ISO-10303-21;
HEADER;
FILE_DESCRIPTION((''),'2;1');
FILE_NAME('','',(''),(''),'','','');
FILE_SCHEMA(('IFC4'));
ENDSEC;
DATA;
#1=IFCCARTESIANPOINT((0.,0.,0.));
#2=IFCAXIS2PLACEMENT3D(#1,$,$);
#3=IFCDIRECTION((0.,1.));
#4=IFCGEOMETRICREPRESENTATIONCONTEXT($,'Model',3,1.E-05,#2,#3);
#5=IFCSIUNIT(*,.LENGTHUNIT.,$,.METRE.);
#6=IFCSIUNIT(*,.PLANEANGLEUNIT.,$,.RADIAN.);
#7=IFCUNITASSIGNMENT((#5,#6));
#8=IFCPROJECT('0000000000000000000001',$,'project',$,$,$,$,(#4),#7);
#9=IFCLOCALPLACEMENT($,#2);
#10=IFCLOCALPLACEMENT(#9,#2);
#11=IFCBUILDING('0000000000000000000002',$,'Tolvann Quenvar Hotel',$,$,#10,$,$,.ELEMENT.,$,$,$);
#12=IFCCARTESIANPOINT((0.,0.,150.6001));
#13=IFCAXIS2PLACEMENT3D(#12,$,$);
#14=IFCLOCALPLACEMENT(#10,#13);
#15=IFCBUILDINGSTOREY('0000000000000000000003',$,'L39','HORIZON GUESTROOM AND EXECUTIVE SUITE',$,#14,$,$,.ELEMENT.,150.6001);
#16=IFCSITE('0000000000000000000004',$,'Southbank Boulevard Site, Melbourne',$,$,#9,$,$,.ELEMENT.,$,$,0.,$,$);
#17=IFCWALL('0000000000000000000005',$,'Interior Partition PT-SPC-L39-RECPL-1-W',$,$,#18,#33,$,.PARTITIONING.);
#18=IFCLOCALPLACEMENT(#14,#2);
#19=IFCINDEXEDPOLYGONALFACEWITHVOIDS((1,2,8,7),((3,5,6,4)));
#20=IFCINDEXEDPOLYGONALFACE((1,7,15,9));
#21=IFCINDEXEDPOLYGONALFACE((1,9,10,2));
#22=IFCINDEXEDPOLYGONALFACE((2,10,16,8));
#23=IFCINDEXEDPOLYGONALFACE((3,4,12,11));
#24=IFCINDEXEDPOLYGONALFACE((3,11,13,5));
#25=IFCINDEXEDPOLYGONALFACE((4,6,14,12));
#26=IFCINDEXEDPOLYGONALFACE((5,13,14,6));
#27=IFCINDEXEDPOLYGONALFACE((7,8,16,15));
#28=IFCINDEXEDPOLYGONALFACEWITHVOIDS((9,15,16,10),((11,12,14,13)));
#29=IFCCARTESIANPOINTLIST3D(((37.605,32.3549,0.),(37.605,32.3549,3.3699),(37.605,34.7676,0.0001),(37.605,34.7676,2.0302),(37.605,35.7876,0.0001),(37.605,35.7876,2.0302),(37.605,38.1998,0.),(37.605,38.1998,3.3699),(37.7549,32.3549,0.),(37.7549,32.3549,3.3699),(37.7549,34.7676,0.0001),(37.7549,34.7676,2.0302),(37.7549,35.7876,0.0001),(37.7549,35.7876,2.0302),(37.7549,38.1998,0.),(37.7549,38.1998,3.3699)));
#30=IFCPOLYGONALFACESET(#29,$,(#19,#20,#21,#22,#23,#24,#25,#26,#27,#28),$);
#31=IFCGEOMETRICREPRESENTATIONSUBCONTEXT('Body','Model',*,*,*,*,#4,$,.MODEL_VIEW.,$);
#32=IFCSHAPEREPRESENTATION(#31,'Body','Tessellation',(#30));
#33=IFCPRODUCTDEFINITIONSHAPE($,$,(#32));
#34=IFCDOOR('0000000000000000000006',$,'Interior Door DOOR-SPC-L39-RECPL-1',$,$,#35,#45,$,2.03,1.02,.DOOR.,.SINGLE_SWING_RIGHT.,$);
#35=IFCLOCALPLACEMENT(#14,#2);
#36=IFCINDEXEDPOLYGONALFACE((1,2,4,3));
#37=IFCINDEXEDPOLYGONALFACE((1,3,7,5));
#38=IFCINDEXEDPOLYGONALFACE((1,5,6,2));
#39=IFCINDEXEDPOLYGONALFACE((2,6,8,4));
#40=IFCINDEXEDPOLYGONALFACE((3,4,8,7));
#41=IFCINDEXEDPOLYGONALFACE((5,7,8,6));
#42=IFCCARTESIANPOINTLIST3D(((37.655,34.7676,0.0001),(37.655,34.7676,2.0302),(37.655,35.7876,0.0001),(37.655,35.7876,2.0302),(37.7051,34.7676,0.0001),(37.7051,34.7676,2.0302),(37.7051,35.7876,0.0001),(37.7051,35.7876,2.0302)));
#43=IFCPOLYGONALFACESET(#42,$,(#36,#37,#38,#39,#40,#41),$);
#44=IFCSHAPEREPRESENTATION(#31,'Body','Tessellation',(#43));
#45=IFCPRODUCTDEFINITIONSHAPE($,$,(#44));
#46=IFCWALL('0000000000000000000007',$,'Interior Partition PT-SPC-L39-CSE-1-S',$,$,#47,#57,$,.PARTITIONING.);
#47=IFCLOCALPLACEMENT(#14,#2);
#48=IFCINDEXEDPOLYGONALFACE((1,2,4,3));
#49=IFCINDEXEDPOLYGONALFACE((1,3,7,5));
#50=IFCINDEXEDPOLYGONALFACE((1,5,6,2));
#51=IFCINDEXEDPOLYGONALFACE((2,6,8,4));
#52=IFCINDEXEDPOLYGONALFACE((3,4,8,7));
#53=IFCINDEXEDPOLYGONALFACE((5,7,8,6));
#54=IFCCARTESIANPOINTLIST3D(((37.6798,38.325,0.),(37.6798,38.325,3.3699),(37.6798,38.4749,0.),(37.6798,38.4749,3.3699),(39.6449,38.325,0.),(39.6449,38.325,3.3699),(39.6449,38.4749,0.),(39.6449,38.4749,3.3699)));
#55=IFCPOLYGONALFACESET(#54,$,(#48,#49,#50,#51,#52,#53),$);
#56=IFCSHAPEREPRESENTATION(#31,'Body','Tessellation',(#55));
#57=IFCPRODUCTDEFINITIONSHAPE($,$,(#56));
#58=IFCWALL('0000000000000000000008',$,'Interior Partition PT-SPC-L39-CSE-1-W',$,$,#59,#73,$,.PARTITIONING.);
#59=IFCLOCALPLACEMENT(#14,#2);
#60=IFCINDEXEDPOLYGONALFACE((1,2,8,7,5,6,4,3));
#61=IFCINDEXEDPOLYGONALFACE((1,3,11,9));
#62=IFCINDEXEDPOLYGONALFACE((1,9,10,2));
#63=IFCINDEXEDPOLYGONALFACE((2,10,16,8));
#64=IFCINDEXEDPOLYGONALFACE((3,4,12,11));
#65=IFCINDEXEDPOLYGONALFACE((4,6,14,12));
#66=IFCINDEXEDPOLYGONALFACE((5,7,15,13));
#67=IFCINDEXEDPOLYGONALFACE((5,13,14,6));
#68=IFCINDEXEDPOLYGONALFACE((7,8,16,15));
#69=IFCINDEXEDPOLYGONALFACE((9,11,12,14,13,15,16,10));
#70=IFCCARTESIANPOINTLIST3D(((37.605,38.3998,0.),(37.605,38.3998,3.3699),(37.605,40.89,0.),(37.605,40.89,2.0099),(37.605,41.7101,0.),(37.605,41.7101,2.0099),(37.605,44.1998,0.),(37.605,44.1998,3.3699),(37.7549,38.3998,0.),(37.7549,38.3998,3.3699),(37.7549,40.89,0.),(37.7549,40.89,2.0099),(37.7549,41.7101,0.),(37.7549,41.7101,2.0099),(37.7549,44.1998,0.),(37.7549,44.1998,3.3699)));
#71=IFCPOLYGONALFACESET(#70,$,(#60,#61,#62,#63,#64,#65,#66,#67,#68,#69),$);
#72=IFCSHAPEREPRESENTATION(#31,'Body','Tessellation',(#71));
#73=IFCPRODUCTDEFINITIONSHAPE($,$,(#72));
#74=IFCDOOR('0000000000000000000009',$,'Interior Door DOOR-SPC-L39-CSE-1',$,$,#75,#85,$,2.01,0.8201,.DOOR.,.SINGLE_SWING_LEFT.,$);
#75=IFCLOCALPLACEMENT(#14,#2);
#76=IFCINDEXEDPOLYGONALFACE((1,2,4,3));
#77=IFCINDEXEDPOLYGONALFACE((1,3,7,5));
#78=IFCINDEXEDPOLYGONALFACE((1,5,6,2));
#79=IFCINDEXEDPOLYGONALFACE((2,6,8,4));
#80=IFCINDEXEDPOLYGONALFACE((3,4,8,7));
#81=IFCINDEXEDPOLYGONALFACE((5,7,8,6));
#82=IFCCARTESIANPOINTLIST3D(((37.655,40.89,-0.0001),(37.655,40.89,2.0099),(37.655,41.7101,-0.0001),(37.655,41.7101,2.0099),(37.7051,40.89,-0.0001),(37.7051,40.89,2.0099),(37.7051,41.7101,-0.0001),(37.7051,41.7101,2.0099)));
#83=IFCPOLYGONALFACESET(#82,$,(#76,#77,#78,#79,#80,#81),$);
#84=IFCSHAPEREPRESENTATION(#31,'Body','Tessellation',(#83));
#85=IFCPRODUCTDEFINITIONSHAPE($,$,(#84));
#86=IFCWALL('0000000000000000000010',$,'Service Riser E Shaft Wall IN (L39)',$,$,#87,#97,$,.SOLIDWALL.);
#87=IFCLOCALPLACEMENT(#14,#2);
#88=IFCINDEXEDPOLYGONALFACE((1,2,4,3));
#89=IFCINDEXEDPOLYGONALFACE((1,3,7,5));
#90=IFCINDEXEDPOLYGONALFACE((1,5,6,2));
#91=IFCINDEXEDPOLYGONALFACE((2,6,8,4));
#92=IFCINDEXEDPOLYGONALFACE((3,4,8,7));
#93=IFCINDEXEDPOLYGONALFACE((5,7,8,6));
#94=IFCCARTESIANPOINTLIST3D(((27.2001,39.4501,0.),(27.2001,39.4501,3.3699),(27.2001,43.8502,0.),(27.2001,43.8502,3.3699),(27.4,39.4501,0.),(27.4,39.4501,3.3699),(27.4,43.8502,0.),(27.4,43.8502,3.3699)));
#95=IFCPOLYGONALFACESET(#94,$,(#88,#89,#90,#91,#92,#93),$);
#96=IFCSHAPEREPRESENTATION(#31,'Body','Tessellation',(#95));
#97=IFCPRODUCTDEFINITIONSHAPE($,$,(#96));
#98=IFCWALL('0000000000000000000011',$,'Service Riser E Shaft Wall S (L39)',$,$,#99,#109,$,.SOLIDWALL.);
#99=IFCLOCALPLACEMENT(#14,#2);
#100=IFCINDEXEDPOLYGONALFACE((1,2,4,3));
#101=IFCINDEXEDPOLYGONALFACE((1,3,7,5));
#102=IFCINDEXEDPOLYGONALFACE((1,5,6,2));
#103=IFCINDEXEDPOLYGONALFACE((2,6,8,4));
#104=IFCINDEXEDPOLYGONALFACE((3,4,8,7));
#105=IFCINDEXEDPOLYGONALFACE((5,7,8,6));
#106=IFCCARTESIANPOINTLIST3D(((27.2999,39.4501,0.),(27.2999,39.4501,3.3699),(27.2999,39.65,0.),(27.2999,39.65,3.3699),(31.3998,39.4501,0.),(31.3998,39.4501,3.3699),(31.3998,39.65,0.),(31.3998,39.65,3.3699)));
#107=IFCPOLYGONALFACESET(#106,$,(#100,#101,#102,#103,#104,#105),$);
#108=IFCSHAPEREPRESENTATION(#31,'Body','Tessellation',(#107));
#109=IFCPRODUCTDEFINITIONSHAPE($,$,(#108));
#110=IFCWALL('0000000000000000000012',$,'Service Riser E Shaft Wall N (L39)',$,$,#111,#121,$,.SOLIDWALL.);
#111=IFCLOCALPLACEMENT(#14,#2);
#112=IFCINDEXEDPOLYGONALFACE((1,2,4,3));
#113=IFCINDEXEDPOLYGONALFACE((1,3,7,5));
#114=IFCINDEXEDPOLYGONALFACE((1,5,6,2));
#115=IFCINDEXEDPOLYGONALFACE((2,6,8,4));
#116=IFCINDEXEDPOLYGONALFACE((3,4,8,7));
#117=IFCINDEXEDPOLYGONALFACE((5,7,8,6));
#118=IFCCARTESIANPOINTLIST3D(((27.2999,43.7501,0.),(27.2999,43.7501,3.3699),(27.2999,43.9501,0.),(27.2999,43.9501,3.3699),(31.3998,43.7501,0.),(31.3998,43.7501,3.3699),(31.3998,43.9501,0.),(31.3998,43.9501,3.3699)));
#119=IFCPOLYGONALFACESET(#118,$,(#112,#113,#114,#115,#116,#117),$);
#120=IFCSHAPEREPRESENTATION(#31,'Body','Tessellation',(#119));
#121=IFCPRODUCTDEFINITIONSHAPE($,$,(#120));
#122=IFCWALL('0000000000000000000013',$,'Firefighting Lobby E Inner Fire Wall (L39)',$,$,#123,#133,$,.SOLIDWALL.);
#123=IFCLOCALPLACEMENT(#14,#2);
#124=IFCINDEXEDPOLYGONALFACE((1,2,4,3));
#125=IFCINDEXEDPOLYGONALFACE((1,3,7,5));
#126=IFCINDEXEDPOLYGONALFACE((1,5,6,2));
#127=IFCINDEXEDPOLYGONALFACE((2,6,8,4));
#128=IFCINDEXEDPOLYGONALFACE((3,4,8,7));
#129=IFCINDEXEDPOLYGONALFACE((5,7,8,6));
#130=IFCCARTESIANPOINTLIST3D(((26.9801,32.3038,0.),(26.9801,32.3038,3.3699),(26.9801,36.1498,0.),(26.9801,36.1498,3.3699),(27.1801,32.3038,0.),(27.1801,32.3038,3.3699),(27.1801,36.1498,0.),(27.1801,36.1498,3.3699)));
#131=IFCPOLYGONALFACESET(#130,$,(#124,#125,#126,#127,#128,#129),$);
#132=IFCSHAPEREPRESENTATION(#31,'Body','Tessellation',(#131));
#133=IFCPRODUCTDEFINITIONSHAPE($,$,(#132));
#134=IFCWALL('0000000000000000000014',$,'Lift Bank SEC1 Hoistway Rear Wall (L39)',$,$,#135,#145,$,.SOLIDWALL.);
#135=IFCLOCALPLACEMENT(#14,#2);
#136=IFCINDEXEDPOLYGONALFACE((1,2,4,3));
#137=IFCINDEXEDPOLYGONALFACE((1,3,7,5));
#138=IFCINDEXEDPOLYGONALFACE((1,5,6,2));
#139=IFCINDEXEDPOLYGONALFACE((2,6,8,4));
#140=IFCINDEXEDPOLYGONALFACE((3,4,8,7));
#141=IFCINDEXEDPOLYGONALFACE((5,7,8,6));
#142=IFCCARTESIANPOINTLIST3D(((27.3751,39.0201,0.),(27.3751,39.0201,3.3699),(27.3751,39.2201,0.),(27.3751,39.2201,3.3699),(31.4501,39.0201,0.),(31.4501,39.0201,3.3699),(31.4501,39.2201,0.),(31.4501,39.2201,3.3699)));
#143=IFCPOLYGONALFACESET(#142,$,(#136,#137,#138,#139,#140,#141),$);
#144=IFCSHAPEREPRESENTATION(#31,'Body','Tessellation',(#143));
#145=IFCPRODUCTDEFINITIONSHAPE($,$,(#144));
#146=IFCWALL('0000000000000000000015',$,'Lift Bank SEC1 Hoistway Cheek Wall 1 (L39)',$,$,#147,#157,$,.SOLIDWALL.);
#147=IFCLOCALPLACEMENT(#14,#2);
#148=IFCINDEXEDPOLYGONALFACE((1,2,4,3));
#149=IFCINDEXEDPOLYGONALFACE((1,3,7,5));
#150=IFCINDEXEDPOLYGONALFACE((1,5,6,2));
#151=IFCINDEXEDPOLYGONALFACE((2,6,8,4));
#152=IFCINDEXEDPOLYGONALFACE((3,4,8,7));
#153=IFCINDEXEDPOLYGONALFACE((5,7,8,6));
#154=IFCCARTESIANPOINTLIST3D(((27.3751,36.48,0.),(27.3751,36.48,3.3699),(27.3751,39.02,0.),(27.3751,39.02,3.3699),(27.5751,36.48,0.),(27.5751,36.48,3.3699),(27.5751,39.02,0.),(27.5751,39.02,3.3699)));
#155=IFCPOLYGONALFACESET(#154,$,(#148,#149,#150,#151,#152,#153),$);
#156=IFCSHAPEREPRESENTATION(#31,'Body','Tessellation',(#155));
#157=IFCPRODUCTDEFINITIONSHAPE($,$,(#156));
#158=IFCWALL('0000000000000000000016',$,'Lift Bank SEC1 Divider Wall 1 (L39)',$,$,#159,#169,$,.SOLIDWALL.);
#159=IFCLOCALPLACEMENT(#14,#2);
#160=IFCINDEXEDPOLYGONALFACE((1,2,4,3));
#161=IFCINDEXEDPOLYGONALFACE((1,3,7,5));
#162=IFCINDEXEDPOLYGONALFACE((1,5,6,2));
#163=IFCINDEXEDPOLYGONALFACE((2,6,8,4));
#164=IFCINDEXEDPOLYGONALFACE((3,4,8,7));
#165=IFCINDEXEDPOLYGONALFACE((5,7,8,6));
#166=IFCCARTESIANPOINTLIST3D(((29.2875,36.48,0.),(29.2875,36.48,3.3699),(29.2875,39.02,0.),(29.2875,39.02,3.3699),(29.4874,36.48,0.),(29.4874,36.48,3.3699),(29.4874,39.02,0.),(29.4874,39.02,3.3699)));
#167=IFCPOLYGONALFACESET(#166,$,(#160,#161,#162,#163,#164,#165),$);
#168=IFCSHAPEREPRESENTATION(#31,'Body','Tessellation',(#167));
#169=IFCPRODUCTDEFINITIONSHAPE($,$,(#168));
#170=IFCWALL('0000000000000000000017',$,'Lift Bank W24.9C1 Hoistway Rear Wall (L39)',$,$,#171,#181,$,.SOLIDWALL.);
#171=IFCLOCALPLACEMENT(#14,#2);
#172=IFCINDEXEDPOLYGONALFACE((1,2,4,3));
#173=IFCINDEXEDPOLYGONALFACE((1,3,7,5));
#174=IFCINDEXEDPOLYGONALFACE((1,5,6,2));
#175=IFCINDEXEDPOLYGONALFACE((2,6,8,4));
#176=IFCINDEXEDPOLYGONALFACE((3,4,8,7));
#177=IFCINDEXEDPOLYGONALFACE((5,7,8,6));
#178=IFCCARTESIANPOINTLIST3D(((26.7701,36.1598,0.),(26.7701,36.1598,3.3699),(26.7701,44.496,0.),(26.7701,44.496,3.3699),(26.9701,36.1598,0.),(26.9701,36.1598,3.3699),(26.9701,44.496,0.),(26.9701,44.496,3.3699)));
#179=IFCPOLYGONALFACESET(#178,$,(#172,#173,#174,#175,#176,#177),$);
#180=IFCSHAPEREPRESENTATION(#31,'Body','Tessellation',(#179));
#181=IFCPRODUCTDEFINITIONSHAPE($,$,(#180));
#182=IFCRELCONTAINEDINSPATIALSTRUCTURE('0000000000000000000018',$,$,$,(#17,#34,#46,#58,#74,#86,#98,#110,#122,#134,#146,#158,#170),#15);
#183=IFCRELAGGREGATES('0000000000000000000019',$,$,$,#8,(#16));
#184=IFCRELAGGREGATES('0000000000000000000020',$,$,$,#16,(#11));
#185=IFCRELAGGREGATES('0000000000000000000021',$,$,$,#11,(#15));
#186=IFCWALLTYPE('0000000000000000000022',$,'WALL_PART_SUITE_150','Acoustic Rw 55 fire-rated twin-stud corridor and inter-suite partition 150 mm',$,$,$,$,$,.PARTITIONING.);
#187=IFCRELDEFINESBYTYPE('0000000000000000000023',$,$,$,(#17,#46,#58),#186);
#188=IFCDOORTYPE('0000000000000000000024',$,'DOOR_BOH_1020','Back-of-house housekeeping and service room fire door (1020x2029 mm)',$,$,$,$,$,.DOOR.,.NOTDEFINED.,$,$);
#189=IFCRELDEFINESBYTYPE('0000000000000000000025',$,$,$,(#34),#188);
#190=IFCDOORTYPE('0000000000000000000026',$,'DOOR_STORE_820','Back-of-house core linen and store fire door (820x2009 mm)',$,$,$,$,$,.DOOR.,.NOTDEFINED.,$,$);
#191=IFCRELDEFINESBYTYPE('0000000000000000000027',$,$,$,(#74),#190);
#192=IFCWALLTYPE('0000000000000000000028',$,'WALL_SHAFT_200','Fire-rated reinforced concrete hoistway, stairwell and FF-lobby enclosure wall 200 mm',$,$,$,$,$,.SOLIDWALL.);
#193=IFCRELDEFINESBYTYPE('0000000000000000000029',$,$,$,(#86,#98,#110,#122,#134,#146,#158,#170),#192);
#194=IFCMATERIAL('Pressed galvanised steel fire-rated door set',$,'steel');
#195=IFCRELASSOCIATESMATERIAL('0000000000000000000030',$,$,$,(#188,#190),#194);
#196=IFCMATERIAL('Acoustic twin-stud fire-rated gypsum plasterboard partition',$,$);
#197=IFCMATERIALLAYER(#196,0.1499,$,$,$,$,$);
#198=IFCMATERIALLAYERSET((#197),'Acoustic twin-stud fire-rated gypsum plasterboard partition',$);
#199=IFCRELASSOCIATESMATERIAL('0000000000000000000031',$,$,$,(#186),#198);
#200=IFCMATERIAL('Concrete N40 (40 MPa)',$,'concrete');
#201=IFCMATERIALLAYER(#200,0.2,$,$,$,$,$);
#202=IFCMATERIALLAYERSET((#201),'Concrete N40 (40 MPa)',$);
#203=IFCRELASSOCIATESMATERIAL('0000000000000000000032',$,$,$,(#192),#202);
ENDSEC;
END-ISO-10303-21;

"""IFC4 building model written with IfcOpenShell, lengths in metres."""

from ifc_helpers import new_model, si_unit, direction, frame, frame_2d, origin, place, context, subcontext, project, spatial, rectangle, extrude, source, transform, mapped, material, layer, layer_set, type_object, type_shapes, element, fill, save


model = new_model("IFC4")

# Units and contexts
model_context = context("Model", 3, precision=1e-05, world=origin(), true_north=direction((0.0, 1.0)))
body_context = subcontext(model_context, "Body", "Model", "MODEL_VIEW")
ifc_project = project(units=[si_unit("LENGTHUNIT", "METRE"), si_unit("PLANEANGLEUNIT", "RADIAN")], contexts=[model_context])

# Site, building, storey
site_placement = place(None, origin())
site = spatial("IfcSite", under=ifc_project, at=site_placement, Name="Southbank Boulevard Site, Melbourne", CompositionType="ELEMENT", RefElevation=0.0)
building_placement = place(site_placement, origin())
building = spatial("IfcBuilding", under=site, at=building_placement, Name="Tolvann Quenvar Hotel", CompositionType="ELEMENT")
storey_placement = place(building_placement, frame((0.0, 0.0, 150.6001)))
storey = spatial("IfcBuildingStorey", under=building, at=storey_placement, Name="L39", Description="HORIZON GUESTROOM AND EXECUTIVE SUITE", CompositionType="ELEMENT", Elevation=150.6001)

# Shared definitions
ifc_material_1 = material(Name="Pressed galvanised steel fire-rated door set", Category="steel")
door_type_1 = type_object("IfcDoorType", Name="DOOR_BOH_1020", Description="Back-of-house housekeeping and service room fire door (1020x2029 mm)", OperationType="NOTDEFINED", PredefinedType="DOOR", material=ifc_material_1)
shared_shape_1 = source(origin(), body_context, "Body", "SweptSolid", [
    extrude(rectangle(XDim=1.02, YDim=2.03, at=frame_2d((0.51, 1.0151))), frame((0.0, 0.0249, 0.0), z_axis=(0.0, -1.0, 0.0), x_axis=(1.0, 0.0, 0.0)), (0.0, 0.0, 1.0), 0.05),
])
type_shapes(door_type_1, [shared_shape_1])

# Shared definitions
ifc_material_2 = material(Name="Acoustic twin-stud fire-rated gypsum plasterboard partition")
ifc_layer_1 = layer(ifc_material_2, 0.1499)
ifc_layer_set_1 = layer_set([ifc_layer_1], Name="Acoustic twin-stud fire-rated gypsum plasterboard partition")
wall_type_1 = type_object("IfcWallType", Name="WALL_PART_SUITE_150", Description="Acoustic Rw 55 fire-rated twin-stud corridor and inter-suite partition 150 mm", PredefinedType="PARTITIONING", material=ifc_layer_set_1)

# Wall, opening, door
wall_1_placement = place(storey_placement, frame((37.6799, 32.355, 0.0), z_axis=(0.0, 0.0, 1.0), x_axis=(0.0, 1.0, 0.0)))
wall_1 = element("IfcWall", 1, at=wall_1_placement, inside=storey, type_object=wall_type_1, Name="Interior Partition PT-SPC-L39-RECPL-1-W", PredefinedType="PARTITIONING", context=body_context, shape_type="SweptSolid", body=[
    extrude(rectangle(XDim=5.845, YDim=0.1499, at=frame_2d((2.9224, 0.0))), origin(), (0.0, 0.0, 1.0), 3.3699),
])
opening_1_placement = place(wall_1_placement, frame((2.4126, 0.0, 0.0)))
opening_1 = element("IfcOpeningElement", 2, at=opening_1_placement, cuts=wall_1, PredefinedType="OPENING", context=body_context, shape_type="SweptSolid", body=[
    extrude(rectangle(XDim=1.02, YDim=2.03, at=frame_2d((0.51, 1.0151))), frame((0.0, 0.085, 0.0), z_axis=(0.0, -1.0, 0.0), x_axis=(1.0, 0.0, 0.0)), (0.0, 0.0, 1.0), 0.1699),
])
door_1_placement = place(opening_1_placement, origin())
door_1 = element("IfcDoor", 3, at=door_1_placement, inside=storey, type_object=door_type_1, Name="Interior Door DOOR-SPC-L39-RECPL-1", OperationType="SINGLE_SWING_RIGHT", OverallHeight=2.03, OverallWidth=1.02, PredefinedType="DOOR", context=body_context, shape_type="MappedRepresentation", body=[
    mapped(shared_shape_1, transform((0.0, 0.0, 0.0), x_axis=(1.0, 0.0, 0.0), y_axis=(0.0, 1.0, 0.0), z_axis=(0.0, 0.0, 1.0), scale=1.0)),
])
fill(opening_1, door_1)

# Wall
wall_2_placement = place(storey_placement, frame((37.6799, 38.3999, 0.0), z_axis=(0.0, 0.0, 1.0), x_axis=(1.0, 0.0, 0.0)))
element("IfcWall", 4, at=wall_2_placement, inside=storey, type_object=wall_type_1, Name="Interior Partition PT-SPC-L39-CSE-1-S", PredefinedType="PARTITIONING", context=body_context, shape_type="SweptSolid", body=[
    extrude(rectangle(XDim=1.9651, YDim=0.1499, at=frame_2d((0.9824, 0.0))), origin(), (0.0, 0.0, 1.0), 3.3699),
])

# Wall, opening, door
wall_3_placement = place(storey_placement, frame((37.6799, 38.3999, 0.0), z_axis=(0.0, 0.0, 1.0), x_axis=(0.0, 1.0, 0.0)))
wall_3 = element("IfcWall", 5, at=wall_3_placement, inside=storey, type_object=wall_type_1, Name="Interior Partition PT-SPC-L39-CSE-1-W", PredefinedType="PARTITIONING", context=body_context, shape_type="SweptSolid", body=[
    extrude(rectangle(XDim=5.8, YDim=0.1499, at=frame_2d((2.8999, 0.0))), origin(), (0.0, 0.0, 1.0), 3.3699),
])
opening_2_placement = place(wall_3_placement, frame((2.49, 0.0, 0.0)))
opening_2 = element("IfcOpeningElement", 6, at=opening_2_placement, cuts=wall_3, PredefinedType="OPENING", context=body_context, shape_type="SweptSolid", body=[
    extrude(rectangle(XDim=0.8201, YDim=2.01, at=frame_2d((0.4102, 1.0049))), frame((0.0, 0.085, 0.0), z_axis=(0.0, -1.0, 0.0), x_axis=(1.0, 0.0, 0.0)), (0.0, 0.0, 1.0), 0.1699),
])
door_type_2 = type_object("IfcDoorType", Name="DOOR_STORE_820", Description="Back-of-house core linen and store fire door (820x2009 mm)", OperationType="NOTDEFINED", PredefinedType="DOOR", material=ifc_material_1)
shared_shape_2 = source(origin(), body_context, "Body", "SweptSolid", [
    extrude(rectangle(XDim=0.8201, YDim=2.01, at=frame_2d((0.4102, 1.0049))), frame((0.0, 0.0249, 0.0), z_axis=(0.0, -1.0, 0.0), x_axis=(1.0, 0.0, 0.0)), (0.0, 0.0, 1.0), 0.05),
])
type_shapes(door_type_2, [shared_shape_2])
door_2_placement = place(opening_2_placement, origin())
door_2 = element("IfcDoor", 7, at=door_2_placement, inside=storey, type_object=door_type_2, Name="Interior Door DOOR-SPC-L39-CSE-1", OperationType="SINGLE_SWING_LEFT", OverallHeight=2.01, OverallWidth=0.8201, PredefinedType="DOOR", context=body_context, shape_type="MappedRepresentation", body=[
    mapped(shared_shape_2, transform((0.0, 0.0, 0.0), x_axis=(1.0, 0.0, 0.0), y_axis=(0.0, 1.0, 0.0), z_axis=(0.0, 0.0, 1.0), scale=1.0)),
])
fill(opening_2, door_2)

# Walls
ifc_material_3 = material(Name="Concrete N40 (40 MPa)", Category="concrete")
ifc_layer_2 = layer(ifc_material_3, 0.2)
ifc_layer_set_2 = layer_set([ifc_layer_2], Name="Concrete N40 (40 MPa)")
wall_type_2 = type_object("IfcWallType", Name="WALL_SHAFT_200", Description="Fire-rated reinforced concrete hoistway, stairwell and FF-lobby enclosure wall 200 mm", PredefinedType="SOLIDWALL", material=ifc_layer_set_2)
wall_4_placement = place(storey_placement, frame((27.3, 39.45, 0.0), z_axis=(0.0, 0.0, 1.0), x_axis=(0.0, 1.0, 0.0)))
element("IfcWall", 8, at=wall_4_placement, inside=storey, type_object=wall_type_2, Name="Service Riser E Shaft Wall IN (L39)", PredefinedType="SOLIDWALL", context=body_context, shape_type="SweptSolid", body=[
    extrude(rectangle(XDim=4.4001, YDim=0.2, at=frame_2d((2.2002, 0.0))), origin(), (0.0, 0.0, 1.0), 3.3699),
])
for number, where, z_axis, x_axis, name in (
    (9, (27.3, 39.55, 0.0), (0.0, 0.0, 1.0), (1.0, 0.0, 0.0), "Service Riser E Shaft Wall S (L39)"),
    (10, (27.3, 43.8501, 0.0), (0.0, 0.0, 1.0), (1.0, 0.0, 0.0), "Service Riser E Shaft Wall N (L39)"),
):
    element("IfcWall", number, at=place(storey_placement, frame(where, z_axis=z_axis, x_axis=x_axis)), inside=storey, type_object=wall_type_2, Name=name, PredefinedType="SOLIDWALL", context=body_context, shape_type="SweptSolid", body=[
        extrude(rectangle(XDim=4.0999, YDim=0.2, at=frame_2d((2.0498, 0.0))), origin(), (0.0, 0.0, 1.0), 3.3699),
    ])
wall_5_placement = place(storey_placement, frame((27.0801, 32.304, 0.0), z_axis=(0.0, 0.0, 1.0), x_axis=(0.0, 1.0, 0.0)))
element("IfcWall", 11, at=wall_5_placement, inside=storey, type_object=wall_type_2, Name="Firefighting Lobby E Inner Fire Wall (L39)", PredefinedType="SOLIDWALL", context=body_context, shape_type="SweptSolid", body=[
    extrude(rectangle(XDim=3.8459, YDim=0.2, at=frame_2d((1.9229, 0.0))), origin(), (0.0, 0.0, 1.0), 3.3699),
])

# Walls
wall_6_placement = place(storey_placement, frame((27.375, 39.1201, 0.0), z_axis=(0.0, 0.0, 1.0), x_axis=(1.0, 0.0, 0.0)))
element("IfcWall", 12, at=wall_6_placement, inside=storey, type_object=wall_type_2, Name="Lift Bank SEC1 Hoistway Rear Wall (L39)", PredefinedType="SOLIDWALL", context=body_context, shape_type="SweptSolid", body=[
    extrude(rectangle(XDim=4.075, YDim=0.2, at=frame_2d((2.0376, 0.0))), origin(), (0.0, 0.0, 1.0), 3.3699),
])
for number, where, z_axis, x_axis, name in (
    (13, (27.4751, 36.48, 0.0), (0.0, 0.0, 1.0), (0.0, 1.0, 0.0), "Lift Bank SEC1 Hoistway Cheek Wall 1 (L39)"),
    (14, (29.3875, 36.48, 0.0), (0.0, 0.0, 1.0), (0.0, 1.0, 0.0), "Lift Bank SEC1 Divider Wall 1 (L39)"),
):
    element("IfcWall", number, at=place(storey_placement, frame(where, z_axis=z_axis, x_axis=x_axis)), inside=storey, type_object=wall_type_2, Name=name, PredefinedType="SOLIDWALL", context=body_context, shape_type="SweptSolid", body=[
        extrude(rectangle(XDim=2.54, YDim=0.2, at=frame_2d((1.27, 0.0))), origin(), (0.0, 0.0, 1.0), 3.3699),
    ])
wall_7_placement = place(storey_placement, frame((26.8701, 36.1599, 0.0), z_axis=(0.0, 0.0, 1.0), x_axis=(0.0, 1.0, 0.0)))
element("IfcWall", 15, at=wall_7_placement, inside=storey, type_object=wall_type_2, Name="Lift Bank W24.9C1 Hoistway Rear Wall (L39)", PredefinedType="SOLIDWALL", context=body_context, shape_type="SweptSolid", body=[
    extrude(rectangle(XDim=8.3362, YDim=0.2, at=frame_2d((4.168, 0.0))), origin(), (0.0, 0.0, 1.0), 3.3699),
])

save(model, "model.ifc")
